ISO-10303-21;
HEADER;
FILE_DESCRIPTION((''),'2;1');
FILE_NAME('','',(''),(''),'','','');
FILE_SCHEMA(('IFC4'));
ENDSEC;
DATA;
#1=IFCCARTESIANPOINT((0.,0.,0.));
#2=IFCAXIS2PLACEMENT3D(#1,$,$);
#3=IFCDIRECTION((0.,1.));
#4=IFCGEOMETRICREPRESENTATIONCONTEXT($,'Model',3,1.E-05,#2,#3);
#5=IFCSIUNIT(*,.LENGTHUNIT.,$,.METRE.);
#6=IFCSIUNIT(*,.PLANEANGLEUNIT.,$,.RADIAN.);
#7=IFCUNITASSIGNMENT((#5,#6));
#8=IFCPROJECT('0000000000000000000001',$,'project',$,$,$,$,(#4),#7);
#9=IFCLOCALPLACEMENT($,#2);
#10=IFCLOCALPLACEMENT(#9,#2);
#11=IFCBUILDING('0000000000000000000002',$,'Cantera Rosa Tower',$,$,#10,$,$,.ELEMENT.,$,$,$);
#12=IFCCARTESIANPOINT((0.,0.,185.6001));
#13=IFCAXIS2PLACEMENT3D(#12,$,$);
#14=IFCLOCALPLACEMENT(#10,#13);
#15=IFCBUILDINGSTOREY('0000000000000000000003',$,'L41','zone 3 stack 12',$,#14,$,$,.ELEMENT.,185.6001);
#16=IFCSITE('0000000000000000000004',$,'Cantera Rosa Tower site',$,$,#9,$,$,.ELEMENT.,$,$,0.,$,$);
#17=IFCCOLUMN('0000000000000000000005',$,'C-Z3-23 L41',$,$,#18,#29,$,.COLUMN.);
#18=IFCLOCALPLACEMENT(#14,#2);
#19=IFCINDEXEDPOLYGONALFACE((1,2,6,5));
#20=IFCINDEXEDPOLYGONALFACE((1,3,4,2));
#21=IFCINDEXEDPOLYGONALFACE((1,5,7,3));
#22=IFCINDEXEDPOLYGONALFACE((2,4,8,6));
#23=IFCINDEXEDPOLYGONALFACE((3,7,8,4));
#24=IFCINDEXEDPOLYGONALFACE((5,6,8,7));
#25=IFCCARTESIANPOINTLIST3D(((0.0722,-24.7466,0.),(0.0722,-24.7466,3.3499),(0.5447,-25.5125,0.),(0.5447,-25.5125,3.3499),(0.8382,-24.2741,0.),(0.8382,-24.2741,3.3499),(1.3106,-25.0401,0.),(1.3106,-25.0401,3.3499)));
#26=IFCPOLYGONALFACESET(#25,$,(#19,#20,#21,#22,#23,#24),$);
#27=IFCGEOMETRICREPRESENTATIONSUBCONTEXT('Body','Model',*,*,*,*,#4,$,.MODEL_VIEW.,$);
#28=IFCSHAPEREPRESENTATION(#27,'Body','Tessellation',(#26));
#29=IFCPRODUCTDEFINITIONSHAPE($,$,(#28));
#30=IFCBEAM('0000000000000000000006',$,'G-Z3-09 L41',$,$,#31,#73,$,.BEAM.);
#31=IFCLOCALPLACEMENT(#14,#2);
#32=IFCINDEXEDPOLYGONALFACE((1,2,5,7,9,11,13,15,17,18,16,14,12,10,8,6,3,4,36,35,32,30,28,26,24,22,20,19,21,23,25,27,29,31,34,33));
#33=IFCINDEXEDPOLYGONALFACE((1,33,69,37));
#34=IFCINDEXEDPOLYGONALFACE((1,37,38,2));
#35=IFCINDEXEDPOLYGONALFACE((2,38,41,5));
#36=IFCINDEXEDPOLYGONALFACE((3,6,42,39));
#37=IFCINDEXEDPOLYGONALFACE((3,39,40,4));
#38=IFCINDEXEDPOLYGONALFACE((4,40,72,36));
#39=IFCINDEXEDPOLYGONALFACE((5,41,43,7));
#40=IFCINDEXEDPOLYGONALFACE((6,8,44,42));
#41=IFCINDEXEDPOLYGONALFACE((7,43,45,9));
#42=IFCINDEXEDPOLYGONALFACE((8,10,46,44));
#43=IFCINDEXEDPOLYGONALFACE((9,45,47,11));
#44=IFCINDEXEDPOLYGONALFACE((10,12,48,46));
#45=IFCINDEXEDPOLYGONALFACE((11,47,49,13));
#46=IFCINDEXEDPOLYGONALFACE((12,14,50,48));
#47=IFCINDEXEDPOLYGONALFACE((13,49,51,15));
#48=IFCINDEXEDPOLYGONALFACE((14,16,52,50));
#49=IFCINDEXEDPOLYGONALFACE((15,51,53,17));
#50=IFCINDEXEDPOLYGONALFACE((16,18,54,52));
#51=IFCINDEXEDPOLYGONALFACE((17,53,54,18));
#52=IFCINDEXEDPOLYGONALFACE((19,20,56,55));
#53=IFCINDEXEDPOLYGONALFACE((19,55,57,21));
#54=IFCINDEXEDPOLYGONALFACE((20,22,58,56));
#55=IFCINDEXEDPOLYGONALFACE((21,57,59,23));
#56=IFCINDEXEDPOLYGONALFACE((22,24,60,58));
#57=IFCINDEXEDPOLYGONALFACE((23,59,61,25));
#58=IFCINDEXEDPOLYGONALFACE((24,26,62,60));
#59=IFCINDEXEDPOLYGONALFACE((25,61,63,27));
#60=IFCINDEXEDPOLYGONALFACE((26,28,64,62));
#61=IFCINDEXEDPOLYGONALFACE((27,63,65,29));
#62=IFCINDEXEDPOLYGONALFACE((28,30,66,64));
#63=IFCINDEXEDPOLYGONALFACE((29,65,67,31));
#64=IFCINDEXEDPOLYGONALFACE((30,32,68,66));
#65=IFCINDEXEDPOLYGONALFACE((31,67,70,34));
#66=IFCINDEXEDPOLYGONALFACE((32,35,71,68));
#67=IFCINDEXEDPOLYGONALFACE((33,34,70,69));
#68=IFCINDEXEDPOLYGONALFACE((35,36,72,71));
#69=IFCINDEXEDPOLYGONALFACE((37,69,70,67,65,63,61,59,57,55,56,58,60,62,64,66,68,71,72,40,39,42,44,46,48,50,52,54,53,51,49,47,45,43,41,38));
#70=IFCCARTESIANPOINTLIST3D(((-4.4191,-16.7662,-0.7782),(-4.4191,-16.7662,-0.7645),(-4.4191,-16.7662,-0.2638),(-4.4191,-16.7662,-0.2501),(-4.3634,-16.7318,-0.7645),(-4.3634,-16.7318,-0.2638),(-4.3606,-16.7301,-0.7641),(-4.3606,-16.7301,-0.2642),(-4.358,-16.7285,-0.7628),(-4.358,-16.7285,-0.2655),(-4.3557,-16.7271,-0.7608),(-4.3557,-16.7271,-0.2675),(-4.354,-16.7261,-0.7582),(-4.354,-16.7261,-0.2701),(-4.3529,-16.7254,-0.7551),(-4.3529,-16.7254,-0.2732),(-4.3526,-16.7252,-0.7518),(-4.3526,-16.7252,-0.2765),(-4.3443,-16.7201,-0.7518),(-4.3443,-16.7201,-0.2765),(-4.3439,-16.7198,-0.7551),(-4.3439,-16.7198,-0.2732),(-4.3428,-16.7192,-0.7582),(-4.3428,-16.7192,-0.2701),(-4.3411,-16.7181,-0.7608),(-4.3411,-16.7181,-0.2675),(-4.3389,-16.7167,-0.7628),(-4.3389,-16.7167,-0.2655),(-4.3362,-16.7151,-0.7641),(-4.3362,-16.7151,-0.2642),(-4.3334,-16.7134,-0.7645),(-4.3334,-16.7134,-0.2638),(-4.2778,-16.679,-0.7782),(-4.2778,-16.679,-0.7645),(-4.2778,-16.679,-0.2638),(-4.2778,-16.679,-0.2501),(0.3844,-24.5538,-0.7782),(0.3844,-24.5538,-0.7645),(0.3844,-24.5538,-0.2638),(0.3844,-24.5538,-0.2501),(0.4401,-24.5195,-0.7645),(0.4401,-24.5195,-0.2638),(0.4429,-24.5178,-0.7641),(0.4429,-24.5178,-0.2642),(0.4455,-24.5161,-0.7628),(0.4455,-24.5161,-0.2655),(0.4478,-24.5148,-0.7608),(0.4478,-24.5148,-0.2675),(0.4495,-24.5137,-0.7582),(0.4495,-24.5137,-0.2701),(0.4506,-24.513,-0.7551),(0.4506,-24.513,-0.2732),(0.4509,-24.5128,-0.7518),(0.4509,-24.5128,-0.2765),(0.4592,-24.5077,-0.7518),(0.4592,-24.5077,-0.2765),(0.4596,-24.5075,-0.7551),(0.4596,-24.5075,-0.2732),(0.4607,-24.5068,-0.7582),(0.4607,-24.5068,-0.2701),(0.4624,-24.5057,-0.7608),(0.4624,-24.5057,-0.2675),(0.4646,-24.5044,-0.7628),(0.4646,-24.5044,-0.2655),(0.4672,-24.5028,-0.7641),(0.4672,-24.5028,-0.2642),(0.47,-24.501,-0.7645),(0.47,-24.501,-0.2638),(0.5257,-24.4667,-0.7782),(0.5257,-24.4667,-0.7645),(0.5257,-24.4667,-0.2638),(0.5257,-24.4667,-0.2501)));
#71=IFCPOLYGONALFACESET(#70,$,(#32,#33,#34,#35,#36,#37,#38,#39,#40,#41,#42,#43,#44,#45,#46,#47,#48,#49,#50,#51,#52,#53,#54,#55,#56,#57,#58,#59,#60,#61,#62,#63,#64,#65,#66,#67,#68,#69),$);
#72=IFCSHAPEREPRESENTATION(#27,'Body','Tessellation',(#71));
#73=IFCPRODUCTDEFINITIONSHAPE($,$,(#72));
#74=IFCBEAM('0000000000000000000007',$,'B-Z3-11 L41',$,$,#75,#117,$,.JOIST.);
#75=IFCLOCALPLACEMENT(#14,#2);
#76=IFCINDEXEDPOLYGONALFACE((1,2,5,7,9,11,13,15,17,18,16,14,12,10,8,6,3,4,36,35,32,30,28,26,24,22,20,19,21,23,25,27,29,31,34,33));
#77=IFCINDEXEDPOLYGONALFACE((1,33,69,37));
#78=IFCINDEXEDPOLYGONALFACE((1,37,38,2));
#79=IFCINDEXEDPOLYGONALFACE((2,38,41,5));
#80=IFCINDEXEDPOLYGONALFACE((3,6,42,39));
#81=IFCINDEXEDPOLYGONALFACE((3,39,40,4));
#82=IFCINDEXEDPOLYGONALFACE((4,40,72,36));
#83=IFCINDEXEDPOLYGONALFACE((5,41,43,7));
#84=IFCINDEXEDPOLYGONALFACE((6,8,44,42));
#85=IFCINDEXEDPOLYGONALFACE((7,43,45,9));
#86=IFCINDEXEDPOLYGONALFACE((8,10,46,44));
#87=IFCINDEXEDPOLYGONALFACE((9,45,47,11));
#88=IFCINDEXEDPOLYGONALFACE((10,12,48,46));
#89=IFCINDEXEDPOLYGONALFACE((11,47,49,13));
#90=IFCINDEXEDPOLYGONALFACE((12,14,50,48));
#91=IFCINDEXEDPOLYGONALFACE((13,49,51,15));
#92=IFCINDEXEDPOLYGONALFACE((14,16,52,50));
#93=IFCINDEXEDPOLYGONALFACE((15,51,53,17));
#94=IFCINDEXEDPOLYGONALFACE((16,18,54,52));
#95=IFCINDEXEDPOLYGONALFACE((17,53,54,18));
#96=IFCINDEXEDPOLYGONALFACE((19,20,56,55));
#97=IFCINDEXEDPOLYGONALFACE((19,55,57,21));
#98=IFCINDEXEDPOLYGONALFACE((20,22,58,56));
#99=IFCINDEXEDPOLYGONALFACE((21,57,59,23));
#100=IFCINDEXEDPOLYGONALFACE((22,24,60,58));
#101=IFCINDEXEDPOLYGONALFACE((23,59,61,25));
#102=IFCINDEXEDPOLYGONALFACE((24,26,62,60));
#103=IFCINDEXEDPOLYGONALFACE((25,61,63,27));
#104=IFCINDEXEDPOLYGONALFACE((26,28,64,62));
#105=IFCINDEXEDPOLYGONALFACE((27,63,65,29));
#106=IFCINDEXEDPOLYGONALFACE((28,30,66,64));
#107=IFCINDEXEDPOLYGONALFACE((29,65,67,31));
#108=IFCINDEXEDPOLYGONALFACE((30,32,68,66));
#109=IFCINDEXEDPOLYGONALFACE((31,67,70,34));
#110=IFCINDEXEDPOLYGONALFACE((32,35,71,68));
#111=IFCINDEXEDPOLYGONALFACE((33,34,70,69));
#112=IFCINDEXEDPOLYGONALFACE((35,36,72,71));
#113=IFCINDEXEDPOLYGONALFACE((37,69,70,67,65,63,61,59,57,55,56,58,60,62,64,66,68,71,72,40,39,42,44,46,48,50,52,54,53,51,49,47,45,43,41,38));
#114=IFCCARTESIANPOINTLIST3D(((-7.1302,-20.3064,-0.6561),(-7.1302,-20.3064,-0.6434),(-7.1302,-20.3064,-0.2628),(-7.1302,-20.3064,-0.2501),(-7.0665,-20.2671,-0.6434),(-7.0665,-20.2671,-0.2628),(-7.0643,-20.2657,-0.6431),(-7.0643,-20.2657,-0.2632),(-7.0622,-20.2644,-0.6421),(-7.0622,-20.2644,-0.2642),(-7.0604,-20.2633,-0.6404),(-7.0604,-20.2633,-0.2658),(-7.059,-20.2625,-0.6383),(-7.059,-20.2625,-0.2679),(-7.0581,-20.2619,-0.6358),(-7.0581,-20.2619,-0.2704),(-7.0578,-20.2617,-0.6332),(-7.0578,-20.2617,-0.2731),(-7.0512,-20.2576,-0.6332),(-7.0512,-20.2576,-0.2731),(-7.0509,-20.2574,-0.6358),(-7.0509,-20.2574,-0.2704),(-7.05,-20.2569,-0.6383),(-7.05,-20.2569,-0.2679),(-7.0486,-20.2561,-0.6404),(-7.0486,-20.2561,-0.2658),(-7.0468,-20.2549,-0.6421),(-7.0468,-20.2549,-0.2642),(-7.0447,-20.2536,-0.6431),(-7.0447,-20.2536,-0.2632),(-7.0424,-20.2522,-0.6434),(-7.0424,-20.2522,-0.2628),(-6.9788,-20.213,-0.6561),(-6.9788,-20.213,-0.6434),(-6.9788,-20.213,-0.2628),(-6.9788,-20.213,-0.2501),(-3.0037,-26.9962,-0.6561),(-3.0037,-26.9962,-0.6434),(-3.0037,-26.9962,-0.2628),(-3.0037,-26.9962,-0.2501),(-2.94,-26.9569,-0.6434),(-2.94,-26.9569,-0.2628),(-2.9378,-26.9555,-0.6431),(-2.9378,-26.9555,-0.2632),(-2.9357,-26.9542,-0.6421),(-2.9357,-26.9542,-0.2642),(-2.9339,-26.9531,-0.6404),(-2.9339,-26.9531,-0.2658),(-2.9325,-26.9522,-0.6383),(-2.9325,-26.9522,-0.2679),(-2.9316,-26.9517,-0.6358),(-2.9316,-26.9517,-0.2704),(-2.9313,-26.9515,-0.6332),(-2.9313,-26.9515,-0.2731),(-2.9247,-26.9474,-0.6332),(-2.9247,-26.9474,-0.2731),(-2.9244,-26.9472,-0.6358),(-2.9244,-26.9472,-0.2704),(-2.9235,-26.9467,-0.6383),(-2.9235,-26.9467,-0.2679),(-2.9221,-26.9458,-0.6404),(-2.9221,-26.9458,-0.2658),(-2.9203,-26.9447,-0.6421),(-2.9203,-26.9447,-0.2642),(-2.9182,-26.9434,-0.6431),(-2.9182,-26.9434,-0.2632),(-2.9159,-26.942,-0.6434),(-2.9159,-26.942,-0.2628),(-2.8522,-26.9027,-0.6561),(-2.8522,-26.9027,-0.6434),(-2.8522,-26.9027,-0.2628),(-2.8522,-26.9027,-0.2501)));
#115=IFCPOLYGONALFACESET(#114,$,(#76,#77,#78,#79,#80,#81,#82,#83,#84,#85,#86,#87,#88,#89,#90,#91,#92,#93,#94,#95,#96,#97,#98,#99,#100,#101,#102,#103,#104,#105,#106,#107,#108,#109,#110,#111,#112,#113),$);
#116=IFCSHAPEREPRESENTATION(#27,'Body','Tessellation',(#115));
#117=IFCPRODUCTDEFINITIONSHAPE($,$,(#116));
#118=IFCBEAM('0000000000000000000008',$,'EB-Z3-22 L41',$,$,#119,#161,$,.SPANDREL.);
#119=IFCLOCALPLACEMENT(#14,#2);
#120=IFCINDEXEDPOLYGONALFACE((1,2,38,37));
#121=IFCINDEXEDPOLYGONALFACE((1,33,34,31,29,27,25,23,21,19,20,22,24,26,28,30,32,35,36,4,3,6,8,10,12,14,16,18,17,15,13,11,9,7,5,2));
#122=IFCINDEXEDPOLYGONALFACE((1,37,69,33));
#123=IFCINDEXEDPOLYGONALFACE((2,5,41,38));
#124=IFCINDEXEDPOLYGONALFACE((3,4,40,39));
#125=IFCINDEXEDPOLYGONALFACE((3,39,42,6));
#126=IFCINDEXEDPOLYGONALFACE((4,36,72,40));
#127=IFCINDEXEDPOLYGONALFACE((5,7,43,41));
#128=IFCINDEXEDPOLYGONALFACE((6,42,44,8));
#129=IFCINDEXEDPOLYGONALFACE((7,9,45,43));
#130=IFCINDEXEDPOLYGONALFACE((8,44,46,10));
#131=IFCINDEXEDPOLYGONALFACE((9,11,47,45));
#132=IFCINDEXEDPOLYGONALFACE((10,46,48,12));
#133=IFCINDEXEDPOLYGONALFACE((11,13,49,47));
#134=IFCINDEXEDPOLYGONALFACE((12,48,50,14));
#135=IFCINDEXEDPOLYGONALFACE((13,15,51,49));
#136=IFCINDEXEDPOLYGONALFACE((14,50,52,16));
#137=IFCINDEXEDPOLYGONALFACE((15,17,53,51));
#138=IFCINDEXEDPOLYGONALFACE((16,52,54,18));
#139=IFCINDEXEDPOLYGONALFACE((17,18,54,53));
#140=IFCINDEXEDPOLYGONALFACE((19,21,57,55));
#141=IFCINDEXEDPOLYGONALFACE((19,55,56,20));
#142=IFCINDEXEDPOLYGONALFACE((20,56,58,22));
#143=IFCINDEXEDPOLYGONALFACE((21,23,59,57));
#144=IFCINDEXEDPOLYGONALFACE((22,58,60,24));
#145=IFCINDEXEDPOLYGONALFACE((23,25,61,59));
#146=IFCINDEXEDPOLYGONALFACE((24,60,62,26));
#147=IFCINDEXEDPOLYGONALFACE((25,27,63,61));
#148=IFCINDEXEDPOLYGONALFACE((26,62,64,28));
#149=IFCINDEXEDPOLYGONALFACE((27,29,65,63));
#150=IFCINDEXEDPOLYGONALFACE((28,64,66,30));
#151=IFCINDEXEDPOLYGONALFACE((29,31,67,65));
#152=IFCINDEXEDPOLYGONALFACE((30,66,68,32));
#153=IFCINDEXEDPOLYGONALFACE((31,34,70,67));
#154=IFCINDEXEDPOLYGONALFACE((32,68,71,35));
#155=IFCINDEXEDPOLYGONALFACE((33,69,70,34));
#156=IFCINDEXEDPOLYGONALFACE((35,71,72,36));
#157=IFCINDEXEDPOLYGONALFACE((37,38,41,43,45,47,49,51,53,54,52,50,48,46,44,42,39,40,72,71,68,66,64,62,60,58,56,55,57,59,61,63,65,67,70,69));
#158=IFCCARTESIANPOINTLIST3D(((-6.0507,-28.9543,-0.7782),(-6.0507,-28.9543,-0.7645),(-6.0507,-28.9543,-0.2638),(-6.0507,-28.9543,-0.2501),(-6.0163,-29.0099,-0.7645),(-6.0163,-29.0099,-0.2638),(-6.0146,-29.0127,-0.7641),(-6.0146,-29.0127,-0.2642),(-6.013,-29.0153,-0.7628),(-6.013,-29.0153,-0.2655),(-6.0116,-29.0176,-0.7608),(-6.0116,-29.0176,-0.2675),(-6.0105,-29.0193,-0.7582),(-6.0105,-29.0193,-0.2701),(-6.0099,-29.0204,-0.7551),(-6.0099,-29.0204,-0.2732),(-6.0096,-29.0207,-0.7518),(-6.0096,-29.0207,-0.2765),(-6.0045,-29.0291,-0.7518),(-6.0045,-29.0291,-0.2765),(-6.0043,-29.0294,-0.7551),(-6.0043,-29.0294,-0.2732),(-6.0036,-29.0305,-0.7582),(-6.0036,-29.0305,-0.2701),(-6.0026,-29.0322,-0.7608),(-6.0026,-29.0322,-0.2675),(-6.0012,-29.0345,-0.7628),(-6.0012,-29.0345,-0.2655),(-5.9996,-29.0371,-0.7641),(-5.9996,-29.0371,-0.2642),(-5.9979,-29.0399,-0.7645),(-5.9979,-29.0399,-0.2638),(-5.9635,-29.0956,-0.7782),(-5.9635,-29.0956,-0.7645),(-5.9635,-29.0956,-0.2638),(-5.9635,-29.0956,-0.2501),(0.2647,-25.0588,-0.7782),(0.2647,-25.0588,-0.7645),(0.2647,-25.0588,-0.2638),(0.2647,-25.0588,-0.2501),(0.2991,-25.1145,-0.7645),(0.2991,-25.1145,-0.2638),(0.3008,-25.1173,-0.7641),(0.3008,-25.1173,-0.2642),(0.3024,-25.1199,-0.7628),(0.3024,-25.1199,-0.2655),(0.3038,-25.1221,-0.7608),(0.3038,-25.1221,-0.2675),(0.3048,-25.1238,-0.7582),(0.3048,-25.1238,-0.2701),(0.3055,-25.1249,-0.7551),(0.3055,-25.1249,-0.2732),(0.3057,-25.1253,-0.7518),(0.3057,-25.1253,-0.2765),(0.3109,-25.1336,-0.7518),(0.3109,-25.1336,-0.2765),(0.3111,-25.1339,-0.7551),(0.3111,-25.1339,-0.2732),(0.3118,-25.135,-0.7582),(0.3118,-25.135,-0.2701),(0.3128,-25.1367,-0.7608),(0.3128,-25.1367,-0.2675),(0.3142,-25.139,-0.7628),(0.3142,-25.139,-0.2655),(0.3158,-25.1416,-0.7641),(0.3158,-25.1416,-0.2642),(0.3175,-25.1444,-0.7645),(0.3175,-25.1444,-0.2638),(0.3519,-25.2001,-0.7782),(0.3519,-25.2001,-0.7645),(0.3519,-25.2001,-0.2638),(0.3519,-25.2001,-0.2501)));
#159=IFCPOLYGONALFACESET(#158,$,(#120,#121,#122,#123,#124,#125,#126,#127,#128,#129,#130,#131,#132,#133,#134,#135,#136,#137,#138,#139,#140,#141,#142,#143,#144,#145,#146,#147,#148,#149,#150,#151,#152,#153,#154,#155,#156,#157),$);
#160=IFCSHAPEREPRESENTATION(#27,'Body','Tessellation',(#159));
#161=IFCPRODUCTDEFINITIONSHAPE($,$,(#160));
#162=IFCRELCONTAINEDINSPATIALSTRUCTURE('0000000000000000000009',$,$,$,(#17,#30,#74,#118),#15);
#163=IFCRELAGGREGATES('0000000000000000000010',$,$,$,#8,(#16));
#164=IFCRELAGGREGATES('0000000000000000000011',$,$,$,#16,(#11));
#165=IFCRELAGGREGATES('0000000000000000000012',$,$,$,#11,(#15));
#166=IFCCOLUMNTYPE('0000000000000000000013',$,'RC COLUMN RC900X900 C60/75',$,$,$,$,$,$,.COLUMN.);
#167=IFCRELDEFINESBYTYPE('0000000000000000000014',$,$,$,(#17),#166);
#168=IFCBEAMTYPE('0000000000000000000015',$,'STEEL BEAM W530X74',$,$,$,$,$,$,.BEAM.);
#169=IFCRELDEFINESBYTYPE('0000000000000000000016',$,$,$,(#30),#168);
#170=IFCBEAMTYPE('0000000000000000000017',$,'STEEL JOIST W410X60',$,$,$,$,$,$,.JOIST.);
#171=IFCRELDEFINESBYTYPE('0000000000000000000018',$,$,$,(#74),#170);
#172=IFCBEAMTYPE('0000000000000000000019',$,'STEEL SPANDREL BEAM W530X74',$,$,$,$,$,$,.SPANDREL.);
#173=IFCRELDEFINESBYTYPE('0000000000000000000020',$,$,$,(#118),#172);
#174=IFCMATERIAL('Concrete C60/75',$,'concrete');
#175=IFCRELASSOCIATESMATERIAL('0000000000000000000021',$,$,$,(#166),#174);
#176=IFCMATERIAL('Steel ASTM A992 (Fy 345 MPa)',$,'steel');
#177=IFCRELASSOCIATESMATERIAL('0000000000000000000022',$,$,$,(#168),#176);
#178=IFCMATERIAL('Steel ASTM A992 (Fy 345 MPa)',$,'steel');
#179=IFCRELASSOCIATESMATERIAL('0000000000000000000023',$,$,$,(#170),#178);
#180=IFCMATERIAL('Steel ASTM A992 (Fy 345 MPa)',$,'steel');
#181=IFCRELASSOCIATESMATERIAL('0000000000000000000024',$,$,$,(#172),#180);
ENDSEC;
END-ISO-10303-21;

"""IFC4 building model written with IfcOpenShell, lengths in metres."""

from ifc_helpers import new_model, si_unit, direction, frame, origin, origin_2d, place, context, subcontext, project, spatial, rectangle, i_section, extrude, material, material_profile, profile_set, type_object, element, save


model = new_model("IFC4")

# Units and contexts
model_context = context("Model", 3, precision=1e-05, world=origin(), true_north=direction((0.0, 1.0)))
body_context = subcontext(model_context, "Body", "Model", "MODEL_VIEW")
ifc_project = project(units=[si_unit("LENGTHUNIT", "METRE"), si_unit("PLANEANGLEUNIT", "RADIAN")], contexts=[model_context])

# Site, building, storey
site_placement = place(None, origin())
site = spatial("IfcSite", under=ifc_project, at=site_placement, Name="Cantera Rosa Tower site", CompositionType="ELEMENT", RefElevation=0.0)
building_placement = place(site_placement, origin())
building = spatial("IfcBuilding", under=site, at=building_placement, Name="Cantera Rosa Tower", CompositionType="ELEMENT")
storey_placement = place(building_placement, frame((0.0, 0.0, 185.6001)))
storey = spatial("IfcBuildingStorey", under=building, at=storey_placement, Name="L41", Description="zone 3 stack 12", CompositionType="ELEMENT", Elevation=185.6001)

# Column
ifc_material_1 = material(Name="Concrete C60/75", Category="concrete")
ifc_material_profile_1 = material_profile(ifc_material_1, rectangle(XDim=0.8999, YDim=0.8999, at=origin_2d()), Name="RC COLUMN RC900X900 C60/75")
ifc_profile_set_1 = profile_set([ifc_material_profile_1], Name="Concrete C60/75")
column_type = type_object("IfcColumnType", Name="RC COLUMN RC900X900 C60/75", PredefinedType="COLUMN", material=ifc_profile_set_1)
column_placement = place(storey_placement, frame((0.6914, -24.8933, 0.0), z_axis=(0.0, 0.0, 1.0), x_axis=(0.851117, 0.524977, 0.0)))
element("IfcColumn", 1, at=column_placement, inside=storey, type_object=column_type, Name="C-Z3-23 L41", PredefinedType="COLUMN", context=body_context, shape_type="SweptSolid", body=[
    extrude(rectangle(XDim=0.8999, YDim=0.8999, at=origin_2d()), origin(), (0.0, 0.0, 1.0), 3.3499),
])

# Beams
ifc_material_2 = material(Name="Steel ASTM A992 (Fy 345 MPa)", Category="steel")
ifc_material_profile_2 = material_profile(ifc_material_2, i_section(OverallWidth=0.166, OverallDepth=0.5281, WebThickness=0.0098, FlangeThickness=0.0137, FilletRadius=0.0127, at=origin_2d()), Name="W530X74")
ifc_profile_set_2 = profile_set([ifc_material_profile_2], Name="Steel ASTM A992 (Fy 345 MPa)")
beam_type_1 = type_object("IfcBeamType", Name="STEEL BEAM W530X74", PredefinedType="BEAM", material=ifc_profile_set_2)
beam_1_placement = place(storey_placement, frame((0.4551, -24.5103, -0.5142), z_axis=(-0.524977, 0.851116, 0.0), x_axis=(-0.851116, -0.524977, 0.0)))
element("IfcBeam", 2, at=beam_1_placement, inside=storey, type_object=beam_type_1, Name="G-Z3-09 L41", PredefinedType="BEAM", context=body_context, shape_type="SweptSolid", body=[
    extrude(i_section(OverallWidth=0.166, OverallDepth=0.5281, WebThickness=0.0098, FlangeThickness=0.0137, FilletRadius=0.0127, at=origin_2d()), origin(), (0.0, 0.0, 1.0), 9.1499),
])
ifc_material_3 = material(Name="Steel ASTM A992 (Fy 345 MPa)", Category="steel")
ifc_material_profile_3 = material_profile(ifc_material_3, i_section(OverallWidth=0.178, OverallDepth=0.406, WebThickness=0.0078, FlangeThickness=0.0127, FilletRadius=0.0103, at=origin_2d()), Name="W410X60")
ifc_profile_set_3 = profile_set([ifc_material_profile_3], Name="Steel ASTM A992 (Fy 345 MPa)")
beam_type_2 = type_object("IfcBeamType", Name="STEEL JOIST W410X60", PredefinedType="JOIST", material=ifc_profile_set_3)
beam_2_placement = place(storey_placement, frame((-2.928, -26.9495, -0.4531), z_axis=(-0.524995, 0.851105, 0.0), x_axis=(-0.851105, -0.524995, 0.0)))
element("IfcBeam", 3, at=beam_2_placement, inside=storey, type_object=beam_type_2, Name="B-Z3-11 L41", PredefinedType="JOIST", context=body_context, shape_type="SweptSolid", body=[
    extrude(i_section(OverallWidth=0.178, OverallDepth=0.406, WebThickness=0.0078, FlangeThickness=0.0127, FilletRadius=0.0103, at=origin_2d()), origin(), (0.0, 0.0, 1.0), 7.8601),
])
ifc_material_4 = material(Name="Steel ASTM A992 (Fy 345 MPa)", Category="steel")
ifc_material_profile_4 = material_profile(ifc_material_4, i_section(OverallWidth=0.166, OverallDepth=0.5281, WebThickness=0.0098, FlangeThickness=0.0137, FilletRadius=0.0127, at=origin_2d()), Name="W530X74")
ifc_profile_set_4 = profile_set([ifc_material_profile_4], Name="Steel ASTM A992 (Fy 345 MPa)")
beam_type_3 = type_object("IfcBeamType", Name="STEEL SPANDREL BEAM W530X74", PredefinedType="SPANDREL", material=ifc_profile_set_4)
for number, where, z_axis, x_axis, name in (
    (4, (-6.0071, -29.0249, -0.5142), (0.851111, 0.524986, 0.0), (-0.524986, 0.851111, 0.0), "EB-Z3-22 L41"),
):
    element("IfcBeam", number, at=place(storey_placement, frame(where, z_axis=z_axis, x_axis=x_axis)), inside=storey, type_object=beam_type_3, Name=name, PredefinedType="SPANDREL", context=body_context, shape_type="SweptSolid", body=[
        extrude(i_section(OverallWidth=0.166, OverallDepth=0.5281, WebThickness=0.0098, FlangeThickness=0.0137, FilletRadius=0.0127, at=origin_2d()), origin(), (0.0, 0.0, 1.0), 7.4202),
    ])

save(model, "model.ifc")
